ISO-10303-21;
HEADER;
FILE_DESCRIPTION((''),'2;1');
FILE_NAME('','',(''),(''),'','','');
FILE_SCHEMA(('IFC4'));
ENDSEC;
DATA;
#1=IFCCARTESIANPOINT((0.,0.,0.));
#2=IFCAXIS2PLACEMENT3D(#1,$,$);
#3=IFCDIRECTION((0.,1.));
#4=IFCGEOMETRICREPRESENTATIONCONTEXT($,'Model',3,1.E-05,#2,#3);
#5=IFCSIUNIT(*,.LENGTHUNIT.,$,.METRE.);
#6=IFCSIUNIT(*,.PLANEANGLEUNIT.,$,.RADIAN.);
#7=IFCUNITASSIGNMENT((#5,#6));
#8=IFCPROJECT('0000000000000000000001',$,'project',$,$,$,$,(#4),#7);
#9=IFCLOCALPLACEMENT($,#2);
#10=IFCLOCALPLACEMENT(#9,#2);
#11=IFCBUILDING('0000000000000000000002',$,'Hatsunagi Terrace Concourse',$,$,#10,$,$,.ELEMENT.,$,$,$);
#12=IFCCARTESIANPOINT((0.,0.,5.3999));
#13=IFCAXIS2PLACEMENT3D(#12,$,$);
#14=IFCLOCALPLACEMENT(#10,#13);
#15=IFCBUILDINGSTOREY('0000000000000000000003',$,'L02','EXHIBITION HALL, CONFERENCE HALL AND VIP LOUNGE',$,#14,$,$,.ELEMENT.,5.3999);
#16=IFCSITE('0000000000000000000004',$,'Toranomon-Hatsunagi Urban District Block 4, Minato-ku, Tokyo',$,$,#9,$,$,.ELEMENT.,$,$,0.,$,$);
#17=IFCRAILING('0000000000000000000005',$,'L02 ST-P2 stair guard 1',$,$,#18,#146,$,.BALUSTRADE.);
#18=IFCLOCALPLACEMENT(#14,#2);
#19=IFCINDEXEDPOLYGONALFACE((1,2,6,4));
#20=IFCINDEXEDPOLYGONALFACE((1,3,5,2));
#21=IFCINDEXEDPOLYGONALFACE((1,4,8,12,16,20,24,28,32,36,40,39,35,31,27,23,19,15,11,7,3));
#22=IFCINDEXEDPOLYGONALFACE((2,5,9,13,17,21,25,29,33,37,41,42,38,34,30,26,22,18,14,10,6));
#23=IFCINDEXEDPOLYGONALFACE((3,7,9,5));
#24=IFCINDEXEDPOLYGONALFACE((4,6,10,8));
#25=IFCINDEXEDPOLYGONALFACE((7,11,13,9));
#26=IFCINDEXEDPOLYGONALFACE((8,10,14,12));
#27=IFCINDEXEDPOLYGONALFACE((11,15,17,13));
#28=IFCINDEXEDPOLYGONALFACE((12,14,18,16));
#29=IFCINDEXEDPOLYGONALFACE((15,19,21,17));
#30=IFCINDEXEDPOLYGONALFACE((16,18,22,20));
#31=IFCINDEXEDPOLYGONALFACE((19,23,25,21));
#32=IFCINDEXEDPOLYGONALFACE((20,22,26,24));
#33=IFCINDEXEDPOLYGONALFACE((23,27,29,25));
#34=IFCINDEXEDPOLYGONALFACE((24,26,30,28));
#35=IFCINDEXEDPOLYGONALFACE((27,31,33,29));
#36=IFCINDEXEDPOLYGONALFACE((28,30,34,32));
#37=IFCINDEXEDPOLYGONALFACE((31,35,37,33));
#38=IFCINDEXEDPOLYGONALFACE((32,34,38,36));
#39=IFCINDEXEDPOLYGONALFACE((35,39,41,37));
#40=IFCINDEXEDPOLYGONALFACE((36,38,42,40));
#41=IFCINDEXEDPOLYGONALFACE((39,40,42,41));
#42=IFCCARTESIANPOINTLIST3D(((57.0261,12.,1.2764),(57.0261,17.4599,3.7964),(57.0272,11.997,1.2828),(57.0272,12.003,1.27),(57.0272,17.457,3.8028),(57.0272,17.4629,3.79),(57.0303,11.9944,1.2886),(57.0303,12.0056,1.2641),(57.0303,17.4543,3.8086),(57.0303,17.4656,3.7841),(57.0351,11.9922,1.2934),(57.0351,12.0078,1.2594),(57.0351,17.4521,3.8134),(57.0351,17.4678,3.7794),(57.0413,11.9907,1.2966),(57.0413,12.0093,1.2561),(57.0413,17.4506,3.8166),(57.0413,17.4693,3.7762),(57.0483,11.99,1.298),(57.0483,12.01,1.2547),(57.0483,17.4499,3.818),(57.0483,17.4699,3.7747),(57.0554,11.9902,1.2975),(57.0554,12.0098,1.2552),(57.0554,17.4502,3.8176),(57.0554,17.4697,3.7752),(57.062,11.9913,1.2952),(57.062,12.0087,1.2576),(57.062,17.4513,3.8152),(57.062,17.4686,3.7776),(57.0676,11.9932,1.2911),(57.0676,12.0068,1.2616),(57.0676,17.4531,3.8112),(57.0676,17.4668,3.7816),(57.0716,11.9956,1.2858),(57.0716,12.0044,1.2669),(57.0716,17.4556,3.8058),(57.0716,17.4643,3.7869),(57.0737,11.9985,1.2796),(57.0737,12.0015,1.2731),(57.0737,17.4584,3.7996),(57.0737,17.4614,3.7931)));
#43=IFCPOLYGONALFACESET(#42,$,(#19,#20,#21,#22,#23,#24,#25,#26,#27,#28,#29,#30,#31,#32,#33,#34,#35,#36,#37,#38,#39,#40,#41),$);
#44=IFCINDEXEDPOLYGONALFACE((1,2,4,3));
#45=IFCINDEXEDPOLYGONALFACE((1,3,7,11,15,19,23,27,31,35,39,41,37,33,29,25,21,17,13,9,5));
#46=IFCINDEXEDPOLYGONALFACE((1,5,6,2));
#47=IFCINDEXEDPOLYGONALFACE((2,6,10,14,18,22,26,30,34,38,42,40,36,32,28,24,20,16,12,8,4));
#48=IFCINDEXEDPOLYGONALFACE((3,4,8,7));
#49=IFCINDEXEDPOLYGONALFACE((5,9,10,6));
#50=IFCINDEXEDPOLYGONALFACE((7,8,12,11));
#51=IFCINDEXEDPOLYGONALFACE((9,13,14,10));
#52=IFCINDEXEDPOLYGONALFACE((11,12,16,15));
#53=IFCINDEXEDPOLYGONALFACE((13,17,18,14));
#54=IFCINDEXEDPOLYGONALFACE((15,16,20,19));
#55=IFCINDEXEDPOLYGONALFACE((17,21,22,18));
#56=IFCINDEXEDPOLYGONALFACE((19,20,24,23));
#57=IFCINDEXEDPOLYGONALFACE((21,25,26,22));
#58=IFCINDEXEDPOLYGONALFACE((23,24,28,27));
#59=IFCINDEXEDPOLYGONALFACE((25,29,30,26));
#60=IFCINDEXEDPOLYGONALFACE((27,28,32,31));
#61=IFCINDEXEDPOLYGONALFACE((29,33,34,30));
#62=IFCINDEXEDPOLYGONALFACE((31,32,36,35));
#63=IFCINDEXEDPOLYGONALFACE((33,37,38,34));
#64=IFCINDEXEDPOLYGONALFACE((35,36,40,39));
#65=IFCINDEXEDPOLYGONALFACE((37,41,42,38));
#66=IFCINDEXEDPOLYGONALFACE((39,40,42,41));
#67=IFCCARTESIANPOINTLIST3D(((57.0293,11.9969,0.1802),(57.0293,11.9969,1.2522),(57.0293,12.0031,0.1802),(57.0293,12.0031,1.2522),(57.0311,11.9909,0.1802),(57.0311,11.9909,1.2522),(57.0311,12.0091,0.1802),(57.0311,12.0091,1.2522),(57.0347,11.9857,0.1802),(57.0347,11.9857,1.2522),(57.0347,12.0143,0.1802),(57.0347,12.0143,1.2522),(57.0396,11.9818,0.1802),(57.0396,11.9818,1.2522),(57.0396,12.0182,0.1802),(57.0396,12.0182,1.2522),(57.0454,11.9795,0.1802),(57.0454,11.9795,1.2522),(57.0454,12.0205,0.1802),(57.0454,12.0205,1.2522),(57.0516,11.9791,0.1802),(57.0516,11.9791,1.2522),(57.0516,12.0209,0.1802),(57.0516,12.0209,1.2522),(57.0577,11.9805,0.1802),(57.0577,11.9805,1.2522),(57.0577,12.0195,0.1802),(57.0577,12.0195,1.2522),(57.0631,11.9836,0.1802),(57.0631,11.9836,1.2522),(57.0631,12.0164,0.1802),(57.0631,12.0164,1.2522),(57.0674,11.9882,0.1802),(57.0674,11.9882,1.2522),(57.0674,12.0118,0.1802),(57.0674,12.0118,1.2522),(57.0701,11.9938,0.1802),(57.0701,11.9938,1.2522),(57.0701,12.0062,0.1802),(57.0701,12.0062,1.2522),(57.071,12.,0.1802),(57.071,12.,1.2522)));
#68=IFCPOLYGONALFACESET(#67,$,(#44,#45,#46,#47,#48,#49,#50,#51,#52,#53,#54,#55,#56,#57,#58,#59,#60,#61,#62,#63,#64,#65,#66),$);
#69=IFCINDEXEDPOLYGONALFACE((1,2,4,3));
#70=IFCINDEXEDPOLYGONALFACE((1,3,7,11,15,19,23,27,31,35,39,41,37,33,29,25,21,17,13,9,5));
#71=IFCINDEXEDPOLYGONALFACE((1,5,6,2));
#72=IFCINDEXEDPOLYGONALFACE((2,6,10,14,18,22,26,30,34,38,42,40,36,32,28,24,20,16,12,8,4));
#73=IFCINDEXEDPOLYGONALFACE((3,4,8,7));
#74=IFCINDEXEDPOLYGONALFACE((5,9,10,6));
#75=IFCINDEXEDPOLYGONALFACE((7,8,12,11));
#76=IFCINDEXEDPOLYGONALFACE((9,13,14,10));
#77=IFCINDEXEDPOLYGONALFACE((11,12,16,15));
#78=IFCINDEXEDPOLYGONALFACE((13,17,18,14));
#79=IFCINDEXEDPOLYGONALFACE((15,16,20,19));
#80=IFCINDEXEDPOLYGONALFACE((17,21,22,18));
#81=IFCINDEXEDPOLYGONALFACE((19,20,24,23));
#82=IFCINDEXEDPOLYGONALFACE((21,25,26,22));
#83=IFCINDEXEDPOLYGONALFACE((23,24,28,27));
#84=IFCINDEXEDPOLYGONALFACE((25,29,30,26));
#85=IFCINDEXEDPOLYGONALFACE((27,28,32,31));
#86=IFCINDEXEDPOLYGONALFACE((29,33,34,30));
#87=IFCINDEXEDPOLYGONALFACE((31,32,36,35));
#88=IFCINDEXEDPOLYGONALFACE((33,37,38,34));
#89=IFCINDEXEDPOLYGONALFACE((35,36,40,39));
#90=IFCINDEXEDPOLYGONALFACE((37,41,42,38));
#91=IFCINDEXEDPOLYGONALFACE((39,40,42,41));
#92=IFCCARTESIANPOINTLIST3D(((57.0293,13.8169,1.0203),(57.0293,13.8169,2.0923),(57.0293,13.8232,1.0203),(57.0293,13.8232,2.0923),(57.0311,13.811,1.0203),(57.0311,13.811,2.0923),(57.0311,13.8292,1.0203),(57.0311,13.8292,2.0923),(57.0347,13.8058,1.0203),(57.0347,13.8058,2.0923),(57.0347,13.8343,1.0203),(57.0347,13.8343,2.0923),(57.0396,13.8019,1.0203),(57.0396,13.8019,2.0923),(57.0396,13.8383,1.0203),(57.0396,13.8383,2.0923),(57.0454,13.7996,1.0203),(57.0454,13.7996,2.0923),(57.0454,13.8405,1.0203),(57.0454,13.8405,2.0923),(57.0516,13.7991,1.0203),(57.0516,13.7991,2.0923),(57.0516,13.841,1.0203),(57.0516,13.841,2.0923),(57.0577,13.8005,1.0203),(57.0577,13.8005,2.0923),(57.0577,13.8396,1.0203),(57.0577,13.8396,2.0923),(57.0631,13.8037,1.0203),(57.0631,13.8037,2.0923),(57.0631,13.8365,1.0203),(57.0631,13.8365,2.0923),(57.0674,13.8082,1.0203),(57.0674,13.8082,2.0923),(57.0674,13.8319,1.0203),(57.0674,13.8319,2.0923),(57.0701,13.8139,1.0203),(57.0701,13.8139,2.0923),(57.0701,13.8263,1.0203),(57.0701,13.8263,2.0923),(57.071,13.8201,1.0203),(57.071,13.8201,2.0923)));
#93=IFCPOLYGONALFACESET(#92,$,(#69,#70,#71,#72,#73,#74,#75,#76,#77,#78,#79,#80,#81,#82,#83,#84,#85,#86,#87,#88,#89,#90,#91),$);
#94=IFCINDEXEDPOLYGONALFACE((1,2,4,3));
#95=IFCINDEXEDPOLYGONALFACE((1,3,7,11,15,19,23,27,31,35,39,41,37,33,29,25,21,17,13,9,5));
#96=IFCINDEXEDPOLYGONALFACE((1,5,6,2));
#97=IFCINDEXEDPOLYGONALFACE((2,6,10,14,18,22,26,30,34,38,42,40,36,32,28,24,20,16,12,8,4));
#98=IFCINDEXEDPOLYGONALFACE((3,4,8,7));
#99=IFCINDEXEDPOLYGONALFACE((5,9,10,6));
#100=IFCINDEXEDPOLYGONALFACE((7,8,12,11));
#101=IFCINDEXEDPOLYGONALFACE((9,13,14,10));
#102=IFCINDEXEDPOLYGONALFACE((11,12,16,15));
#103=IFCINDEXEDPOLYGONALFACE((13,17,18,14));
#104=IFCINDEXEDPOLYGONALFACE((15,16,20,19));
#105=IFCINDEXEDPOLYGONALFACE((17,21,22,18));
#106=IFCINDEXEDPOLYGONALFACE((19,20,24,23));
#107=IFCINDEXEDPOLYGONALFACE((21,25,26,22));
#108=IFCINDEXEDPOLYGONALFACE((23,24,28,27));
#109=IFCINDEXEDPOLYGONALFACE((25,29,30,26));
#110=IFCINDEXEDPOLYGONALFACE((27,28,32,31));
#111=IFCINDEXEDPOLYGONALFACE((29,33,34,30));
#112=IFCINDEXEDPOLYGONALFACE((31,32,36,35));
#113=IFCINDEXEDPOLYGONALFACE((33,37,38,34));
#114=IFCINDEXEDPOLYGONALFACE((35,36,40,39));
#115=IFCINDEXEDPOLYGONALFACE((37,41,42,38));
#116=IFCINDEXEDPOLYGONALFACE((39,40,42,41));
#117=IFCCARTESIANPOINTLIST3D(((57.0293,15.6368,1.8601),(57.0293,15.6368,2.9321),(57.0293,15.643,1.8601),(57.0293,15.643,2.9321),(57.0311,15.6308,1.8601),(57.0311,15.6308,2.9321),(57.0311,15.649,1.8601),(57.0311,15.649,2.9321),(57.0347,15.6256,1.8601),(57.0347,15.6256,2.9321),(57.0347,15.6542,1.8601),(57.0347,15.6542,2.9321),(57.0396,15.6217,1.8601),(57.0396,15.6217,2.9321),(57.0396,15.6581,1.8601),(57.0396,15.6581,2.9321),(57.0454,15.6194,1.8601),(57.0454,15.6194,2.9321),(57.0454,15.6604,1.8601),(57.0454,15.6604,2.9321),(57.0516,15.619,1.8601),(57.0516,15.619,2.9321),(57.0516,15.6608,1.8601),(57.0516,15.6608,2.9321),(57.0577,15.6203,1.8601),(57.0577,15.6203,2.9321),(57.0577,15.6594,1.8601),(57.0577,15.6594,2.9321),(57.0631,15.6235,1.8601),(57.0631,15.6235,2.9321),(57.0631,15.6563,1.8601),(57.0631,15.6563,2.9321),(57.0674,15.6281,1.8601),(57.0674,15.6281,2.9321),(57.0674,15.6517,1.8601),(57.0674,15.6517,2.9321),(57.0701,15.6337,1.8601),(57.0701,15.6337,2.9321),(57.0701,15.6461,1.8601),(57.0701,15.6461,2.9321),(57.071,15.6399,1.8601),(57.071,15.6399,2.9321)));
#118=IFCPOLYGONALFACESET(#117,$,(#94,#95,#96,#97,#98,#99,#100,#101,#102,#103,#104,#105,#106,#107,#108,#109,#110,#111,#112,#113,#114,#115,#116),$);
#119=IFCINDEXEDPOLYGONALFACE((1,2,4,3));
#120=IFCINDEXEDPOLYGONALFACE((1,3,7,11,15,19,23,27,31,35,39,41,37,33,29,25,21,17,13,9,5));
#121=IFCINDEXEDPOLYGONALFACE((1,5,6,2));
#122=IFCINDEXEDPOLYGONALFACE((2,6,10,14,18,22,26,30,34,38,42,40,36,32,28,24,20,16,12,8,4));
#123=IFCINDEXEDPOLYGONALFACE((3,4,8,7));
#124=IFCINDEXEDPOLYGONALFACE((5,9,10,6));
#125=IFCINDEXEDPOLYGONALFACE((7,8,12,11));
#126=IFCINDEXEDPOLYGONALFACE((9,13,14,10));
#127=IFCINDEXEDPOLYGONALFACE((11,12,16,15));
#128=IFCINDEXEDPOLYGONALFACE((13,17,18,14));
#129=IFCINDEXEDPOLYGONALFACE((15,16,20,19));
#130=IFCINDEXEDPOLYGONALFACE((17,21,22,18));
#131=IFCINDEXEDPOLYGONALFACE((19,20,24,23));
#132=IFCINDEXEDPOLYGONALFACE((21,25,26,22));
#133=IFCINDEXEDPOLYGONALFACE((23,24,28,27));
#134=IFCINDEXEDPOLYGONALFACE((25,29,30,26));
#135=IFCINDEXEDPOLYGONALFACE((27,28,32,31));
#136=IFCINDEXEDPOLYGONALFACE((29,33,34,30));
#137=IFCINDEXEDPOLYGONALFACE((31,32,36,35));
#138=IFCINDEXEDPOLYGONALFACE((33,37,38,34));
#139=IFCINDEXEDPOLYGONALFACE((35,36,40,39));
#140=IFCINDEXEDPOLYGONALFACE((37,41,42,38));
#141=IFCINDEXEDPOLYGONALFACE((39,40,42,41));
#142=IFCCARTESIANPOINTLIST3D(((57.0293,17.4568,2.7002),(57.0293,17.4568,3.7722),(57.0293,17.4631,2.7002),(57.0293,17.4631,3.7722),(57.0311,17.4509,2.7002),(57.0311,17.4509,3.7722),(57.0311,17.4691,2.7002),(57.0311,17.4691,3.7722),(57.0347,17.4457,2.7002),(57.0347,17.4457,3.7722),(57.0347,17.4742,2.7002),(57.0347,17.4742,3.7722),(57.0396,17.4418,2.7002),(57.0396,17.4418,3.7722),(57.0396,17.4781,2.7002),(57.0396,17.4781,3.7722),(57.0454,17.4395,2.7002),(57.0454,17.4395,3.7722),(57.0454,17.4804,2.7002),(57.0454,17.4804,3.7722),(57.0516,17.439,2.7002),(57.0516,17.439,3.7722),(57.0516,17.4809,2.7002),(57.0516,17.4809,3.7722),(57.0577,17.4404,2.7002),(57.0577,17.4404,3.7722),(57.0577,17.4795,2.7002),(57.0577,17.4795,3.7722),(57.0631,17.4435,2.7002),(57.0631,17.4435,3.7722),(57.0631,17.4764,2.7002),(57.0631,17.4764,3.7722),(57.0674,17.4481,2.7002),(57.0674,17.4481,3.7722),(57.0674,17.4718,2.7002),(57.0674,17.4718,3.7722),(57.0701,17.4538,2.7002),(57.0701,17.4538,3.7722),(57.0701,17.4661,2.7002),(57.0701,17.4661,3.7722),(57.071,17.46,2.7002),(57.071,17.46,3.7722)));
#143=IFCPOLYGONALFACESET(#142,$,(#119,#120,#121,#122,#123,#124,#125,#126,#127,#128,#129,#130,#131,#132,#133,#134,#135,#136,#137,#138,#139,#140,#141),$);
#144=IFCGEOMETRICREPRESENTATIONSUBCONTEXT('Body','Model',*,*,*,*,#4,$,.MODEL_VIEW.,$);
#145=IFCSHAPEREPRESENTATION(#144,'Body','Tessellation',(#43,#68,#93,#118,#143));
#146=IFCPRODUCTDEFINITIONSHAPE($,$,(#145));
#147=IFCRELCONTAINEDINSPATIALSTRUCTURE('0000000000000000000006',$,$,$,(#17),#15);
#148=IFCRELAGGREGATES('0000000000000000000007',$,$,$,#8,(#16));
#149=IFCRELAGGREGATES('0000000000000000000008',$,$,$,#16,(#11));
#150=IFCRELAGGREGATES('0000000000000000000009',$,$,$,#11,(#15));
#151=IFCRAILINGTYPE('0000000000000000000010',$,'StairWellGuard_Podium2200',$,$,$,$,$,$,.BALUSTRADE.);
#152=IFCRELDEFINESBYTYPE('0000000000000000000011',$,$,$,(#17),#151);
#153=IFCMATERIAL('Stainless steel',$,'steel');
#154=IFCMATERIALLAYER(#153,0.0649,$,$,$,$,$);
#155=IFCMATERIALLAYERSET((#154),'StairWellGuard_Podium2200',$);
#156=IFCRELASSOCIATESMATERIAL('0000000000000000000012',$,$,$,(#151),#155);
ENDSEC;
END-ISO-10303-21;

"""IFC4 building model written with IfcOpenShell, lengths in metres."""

from ifc_helpers import new_model, si_unit, direction, frame, origin, origin_2d, place, context, subcontext, project, spatial, circle, extrude, material, layer, layer_set, type_object, element, save


model = new_model("IFC4")

# Units and contexts
model_context = context("Model", 3, precision=1e-05, world=origin(), true_north=direction((0.0, 1.0)))
body_context = subcontext(model_context, "Body", "Model", "MODEL_VIEW")
ifc_project = project(units=[si_unit("LENGTHUNIT", "METRE"), si_unit("PLANEANGLEUNIT", "RADIAN")], contexts=[model_context])

# Site, building, storey
site_placement = place(None, origin())
site = spatial("IfcSite", under=ifc_project, at=site_placement, Name="Toranomon-Hatsunagi Urban District Block 4, Minato-ku, Tokyo", CompositionType="ELEMENT", RefElevation=0.0)
building_placement = place(site_placement, origin())
building = spatial("IfcBuilding", under=site, at=building_placement, Name="Hatsunagi Terrace Concourse", CompositionType="ELEMENT")
storey_placement = place(building_placement, frame((0.0, 0.0, 5.3999)))
storey = spatial("IfcBuildingStorey", under=building, at=storey_placement, Name="L02", Description="EXHIBITION HALL, CONFERENCE HALL AND VIP LOUNGE", CompositionType="ELEMENT", Elevation=5.3999)

# Railing
ifc_material_1 = material(Name="Stainless steel", Category="steel")
ifc_layer_1 = layer(ifc_material_1, 0.0649)
ifc_layer_set_1 = layer_set([ifc_layer_1], Name="StairWellGuard_Podium2200")
railing_type_1 = type_object("IfcRailingType", Name="StairWellGuard_Podium2200", PredefinedType="BALUSTRADE", material=ifc_layer_set_1)
railing_1_placement = place(storey_placement, frame((57.05, 12.0, 0.1802)))
element("IfcRailing", 1, at=railing_1_placement, inside=storey, type_object=railing_type_1, Name="L02 ST-P2 stair guard 1", PredefinedType="BALUSTRADE", context=body_context, shape_type="SweptSolid", body=[
    extrude(circle(Radius=0.0239, at=origin_2d()), frame((0.0, 0.0, 1.0962), z_axis=(0.0, 0.907957, 0.419063), x_axis=(-1.0, 0.0, 0.0)), (0.0, 0.0, 1.0), 6.0134),
    extrude(circle(Radius=0.021, at=origin_2d()), origin(), (0.0, 0.0, 1.0), 1.072),
    extrude(circle(Radius=0.021, at=origin_2d()), frame((0.0, 1.8201, 0.8401)), (0.0, 0.0, 1.0), 1.072),
    extrude(circle(Radius=0.021, at=origin_2d()), frame((0.0, 3.6399, 1.6799)), (0.0, 0.0, 1.0), 1.072),
    extrude(circle(Radius=0.021, at=origin_2d()), frame((0.0, 5.46, 2.52)), (0.0, 0.0, 1.0), 1.072),
])

save(model, "model.ifc")
